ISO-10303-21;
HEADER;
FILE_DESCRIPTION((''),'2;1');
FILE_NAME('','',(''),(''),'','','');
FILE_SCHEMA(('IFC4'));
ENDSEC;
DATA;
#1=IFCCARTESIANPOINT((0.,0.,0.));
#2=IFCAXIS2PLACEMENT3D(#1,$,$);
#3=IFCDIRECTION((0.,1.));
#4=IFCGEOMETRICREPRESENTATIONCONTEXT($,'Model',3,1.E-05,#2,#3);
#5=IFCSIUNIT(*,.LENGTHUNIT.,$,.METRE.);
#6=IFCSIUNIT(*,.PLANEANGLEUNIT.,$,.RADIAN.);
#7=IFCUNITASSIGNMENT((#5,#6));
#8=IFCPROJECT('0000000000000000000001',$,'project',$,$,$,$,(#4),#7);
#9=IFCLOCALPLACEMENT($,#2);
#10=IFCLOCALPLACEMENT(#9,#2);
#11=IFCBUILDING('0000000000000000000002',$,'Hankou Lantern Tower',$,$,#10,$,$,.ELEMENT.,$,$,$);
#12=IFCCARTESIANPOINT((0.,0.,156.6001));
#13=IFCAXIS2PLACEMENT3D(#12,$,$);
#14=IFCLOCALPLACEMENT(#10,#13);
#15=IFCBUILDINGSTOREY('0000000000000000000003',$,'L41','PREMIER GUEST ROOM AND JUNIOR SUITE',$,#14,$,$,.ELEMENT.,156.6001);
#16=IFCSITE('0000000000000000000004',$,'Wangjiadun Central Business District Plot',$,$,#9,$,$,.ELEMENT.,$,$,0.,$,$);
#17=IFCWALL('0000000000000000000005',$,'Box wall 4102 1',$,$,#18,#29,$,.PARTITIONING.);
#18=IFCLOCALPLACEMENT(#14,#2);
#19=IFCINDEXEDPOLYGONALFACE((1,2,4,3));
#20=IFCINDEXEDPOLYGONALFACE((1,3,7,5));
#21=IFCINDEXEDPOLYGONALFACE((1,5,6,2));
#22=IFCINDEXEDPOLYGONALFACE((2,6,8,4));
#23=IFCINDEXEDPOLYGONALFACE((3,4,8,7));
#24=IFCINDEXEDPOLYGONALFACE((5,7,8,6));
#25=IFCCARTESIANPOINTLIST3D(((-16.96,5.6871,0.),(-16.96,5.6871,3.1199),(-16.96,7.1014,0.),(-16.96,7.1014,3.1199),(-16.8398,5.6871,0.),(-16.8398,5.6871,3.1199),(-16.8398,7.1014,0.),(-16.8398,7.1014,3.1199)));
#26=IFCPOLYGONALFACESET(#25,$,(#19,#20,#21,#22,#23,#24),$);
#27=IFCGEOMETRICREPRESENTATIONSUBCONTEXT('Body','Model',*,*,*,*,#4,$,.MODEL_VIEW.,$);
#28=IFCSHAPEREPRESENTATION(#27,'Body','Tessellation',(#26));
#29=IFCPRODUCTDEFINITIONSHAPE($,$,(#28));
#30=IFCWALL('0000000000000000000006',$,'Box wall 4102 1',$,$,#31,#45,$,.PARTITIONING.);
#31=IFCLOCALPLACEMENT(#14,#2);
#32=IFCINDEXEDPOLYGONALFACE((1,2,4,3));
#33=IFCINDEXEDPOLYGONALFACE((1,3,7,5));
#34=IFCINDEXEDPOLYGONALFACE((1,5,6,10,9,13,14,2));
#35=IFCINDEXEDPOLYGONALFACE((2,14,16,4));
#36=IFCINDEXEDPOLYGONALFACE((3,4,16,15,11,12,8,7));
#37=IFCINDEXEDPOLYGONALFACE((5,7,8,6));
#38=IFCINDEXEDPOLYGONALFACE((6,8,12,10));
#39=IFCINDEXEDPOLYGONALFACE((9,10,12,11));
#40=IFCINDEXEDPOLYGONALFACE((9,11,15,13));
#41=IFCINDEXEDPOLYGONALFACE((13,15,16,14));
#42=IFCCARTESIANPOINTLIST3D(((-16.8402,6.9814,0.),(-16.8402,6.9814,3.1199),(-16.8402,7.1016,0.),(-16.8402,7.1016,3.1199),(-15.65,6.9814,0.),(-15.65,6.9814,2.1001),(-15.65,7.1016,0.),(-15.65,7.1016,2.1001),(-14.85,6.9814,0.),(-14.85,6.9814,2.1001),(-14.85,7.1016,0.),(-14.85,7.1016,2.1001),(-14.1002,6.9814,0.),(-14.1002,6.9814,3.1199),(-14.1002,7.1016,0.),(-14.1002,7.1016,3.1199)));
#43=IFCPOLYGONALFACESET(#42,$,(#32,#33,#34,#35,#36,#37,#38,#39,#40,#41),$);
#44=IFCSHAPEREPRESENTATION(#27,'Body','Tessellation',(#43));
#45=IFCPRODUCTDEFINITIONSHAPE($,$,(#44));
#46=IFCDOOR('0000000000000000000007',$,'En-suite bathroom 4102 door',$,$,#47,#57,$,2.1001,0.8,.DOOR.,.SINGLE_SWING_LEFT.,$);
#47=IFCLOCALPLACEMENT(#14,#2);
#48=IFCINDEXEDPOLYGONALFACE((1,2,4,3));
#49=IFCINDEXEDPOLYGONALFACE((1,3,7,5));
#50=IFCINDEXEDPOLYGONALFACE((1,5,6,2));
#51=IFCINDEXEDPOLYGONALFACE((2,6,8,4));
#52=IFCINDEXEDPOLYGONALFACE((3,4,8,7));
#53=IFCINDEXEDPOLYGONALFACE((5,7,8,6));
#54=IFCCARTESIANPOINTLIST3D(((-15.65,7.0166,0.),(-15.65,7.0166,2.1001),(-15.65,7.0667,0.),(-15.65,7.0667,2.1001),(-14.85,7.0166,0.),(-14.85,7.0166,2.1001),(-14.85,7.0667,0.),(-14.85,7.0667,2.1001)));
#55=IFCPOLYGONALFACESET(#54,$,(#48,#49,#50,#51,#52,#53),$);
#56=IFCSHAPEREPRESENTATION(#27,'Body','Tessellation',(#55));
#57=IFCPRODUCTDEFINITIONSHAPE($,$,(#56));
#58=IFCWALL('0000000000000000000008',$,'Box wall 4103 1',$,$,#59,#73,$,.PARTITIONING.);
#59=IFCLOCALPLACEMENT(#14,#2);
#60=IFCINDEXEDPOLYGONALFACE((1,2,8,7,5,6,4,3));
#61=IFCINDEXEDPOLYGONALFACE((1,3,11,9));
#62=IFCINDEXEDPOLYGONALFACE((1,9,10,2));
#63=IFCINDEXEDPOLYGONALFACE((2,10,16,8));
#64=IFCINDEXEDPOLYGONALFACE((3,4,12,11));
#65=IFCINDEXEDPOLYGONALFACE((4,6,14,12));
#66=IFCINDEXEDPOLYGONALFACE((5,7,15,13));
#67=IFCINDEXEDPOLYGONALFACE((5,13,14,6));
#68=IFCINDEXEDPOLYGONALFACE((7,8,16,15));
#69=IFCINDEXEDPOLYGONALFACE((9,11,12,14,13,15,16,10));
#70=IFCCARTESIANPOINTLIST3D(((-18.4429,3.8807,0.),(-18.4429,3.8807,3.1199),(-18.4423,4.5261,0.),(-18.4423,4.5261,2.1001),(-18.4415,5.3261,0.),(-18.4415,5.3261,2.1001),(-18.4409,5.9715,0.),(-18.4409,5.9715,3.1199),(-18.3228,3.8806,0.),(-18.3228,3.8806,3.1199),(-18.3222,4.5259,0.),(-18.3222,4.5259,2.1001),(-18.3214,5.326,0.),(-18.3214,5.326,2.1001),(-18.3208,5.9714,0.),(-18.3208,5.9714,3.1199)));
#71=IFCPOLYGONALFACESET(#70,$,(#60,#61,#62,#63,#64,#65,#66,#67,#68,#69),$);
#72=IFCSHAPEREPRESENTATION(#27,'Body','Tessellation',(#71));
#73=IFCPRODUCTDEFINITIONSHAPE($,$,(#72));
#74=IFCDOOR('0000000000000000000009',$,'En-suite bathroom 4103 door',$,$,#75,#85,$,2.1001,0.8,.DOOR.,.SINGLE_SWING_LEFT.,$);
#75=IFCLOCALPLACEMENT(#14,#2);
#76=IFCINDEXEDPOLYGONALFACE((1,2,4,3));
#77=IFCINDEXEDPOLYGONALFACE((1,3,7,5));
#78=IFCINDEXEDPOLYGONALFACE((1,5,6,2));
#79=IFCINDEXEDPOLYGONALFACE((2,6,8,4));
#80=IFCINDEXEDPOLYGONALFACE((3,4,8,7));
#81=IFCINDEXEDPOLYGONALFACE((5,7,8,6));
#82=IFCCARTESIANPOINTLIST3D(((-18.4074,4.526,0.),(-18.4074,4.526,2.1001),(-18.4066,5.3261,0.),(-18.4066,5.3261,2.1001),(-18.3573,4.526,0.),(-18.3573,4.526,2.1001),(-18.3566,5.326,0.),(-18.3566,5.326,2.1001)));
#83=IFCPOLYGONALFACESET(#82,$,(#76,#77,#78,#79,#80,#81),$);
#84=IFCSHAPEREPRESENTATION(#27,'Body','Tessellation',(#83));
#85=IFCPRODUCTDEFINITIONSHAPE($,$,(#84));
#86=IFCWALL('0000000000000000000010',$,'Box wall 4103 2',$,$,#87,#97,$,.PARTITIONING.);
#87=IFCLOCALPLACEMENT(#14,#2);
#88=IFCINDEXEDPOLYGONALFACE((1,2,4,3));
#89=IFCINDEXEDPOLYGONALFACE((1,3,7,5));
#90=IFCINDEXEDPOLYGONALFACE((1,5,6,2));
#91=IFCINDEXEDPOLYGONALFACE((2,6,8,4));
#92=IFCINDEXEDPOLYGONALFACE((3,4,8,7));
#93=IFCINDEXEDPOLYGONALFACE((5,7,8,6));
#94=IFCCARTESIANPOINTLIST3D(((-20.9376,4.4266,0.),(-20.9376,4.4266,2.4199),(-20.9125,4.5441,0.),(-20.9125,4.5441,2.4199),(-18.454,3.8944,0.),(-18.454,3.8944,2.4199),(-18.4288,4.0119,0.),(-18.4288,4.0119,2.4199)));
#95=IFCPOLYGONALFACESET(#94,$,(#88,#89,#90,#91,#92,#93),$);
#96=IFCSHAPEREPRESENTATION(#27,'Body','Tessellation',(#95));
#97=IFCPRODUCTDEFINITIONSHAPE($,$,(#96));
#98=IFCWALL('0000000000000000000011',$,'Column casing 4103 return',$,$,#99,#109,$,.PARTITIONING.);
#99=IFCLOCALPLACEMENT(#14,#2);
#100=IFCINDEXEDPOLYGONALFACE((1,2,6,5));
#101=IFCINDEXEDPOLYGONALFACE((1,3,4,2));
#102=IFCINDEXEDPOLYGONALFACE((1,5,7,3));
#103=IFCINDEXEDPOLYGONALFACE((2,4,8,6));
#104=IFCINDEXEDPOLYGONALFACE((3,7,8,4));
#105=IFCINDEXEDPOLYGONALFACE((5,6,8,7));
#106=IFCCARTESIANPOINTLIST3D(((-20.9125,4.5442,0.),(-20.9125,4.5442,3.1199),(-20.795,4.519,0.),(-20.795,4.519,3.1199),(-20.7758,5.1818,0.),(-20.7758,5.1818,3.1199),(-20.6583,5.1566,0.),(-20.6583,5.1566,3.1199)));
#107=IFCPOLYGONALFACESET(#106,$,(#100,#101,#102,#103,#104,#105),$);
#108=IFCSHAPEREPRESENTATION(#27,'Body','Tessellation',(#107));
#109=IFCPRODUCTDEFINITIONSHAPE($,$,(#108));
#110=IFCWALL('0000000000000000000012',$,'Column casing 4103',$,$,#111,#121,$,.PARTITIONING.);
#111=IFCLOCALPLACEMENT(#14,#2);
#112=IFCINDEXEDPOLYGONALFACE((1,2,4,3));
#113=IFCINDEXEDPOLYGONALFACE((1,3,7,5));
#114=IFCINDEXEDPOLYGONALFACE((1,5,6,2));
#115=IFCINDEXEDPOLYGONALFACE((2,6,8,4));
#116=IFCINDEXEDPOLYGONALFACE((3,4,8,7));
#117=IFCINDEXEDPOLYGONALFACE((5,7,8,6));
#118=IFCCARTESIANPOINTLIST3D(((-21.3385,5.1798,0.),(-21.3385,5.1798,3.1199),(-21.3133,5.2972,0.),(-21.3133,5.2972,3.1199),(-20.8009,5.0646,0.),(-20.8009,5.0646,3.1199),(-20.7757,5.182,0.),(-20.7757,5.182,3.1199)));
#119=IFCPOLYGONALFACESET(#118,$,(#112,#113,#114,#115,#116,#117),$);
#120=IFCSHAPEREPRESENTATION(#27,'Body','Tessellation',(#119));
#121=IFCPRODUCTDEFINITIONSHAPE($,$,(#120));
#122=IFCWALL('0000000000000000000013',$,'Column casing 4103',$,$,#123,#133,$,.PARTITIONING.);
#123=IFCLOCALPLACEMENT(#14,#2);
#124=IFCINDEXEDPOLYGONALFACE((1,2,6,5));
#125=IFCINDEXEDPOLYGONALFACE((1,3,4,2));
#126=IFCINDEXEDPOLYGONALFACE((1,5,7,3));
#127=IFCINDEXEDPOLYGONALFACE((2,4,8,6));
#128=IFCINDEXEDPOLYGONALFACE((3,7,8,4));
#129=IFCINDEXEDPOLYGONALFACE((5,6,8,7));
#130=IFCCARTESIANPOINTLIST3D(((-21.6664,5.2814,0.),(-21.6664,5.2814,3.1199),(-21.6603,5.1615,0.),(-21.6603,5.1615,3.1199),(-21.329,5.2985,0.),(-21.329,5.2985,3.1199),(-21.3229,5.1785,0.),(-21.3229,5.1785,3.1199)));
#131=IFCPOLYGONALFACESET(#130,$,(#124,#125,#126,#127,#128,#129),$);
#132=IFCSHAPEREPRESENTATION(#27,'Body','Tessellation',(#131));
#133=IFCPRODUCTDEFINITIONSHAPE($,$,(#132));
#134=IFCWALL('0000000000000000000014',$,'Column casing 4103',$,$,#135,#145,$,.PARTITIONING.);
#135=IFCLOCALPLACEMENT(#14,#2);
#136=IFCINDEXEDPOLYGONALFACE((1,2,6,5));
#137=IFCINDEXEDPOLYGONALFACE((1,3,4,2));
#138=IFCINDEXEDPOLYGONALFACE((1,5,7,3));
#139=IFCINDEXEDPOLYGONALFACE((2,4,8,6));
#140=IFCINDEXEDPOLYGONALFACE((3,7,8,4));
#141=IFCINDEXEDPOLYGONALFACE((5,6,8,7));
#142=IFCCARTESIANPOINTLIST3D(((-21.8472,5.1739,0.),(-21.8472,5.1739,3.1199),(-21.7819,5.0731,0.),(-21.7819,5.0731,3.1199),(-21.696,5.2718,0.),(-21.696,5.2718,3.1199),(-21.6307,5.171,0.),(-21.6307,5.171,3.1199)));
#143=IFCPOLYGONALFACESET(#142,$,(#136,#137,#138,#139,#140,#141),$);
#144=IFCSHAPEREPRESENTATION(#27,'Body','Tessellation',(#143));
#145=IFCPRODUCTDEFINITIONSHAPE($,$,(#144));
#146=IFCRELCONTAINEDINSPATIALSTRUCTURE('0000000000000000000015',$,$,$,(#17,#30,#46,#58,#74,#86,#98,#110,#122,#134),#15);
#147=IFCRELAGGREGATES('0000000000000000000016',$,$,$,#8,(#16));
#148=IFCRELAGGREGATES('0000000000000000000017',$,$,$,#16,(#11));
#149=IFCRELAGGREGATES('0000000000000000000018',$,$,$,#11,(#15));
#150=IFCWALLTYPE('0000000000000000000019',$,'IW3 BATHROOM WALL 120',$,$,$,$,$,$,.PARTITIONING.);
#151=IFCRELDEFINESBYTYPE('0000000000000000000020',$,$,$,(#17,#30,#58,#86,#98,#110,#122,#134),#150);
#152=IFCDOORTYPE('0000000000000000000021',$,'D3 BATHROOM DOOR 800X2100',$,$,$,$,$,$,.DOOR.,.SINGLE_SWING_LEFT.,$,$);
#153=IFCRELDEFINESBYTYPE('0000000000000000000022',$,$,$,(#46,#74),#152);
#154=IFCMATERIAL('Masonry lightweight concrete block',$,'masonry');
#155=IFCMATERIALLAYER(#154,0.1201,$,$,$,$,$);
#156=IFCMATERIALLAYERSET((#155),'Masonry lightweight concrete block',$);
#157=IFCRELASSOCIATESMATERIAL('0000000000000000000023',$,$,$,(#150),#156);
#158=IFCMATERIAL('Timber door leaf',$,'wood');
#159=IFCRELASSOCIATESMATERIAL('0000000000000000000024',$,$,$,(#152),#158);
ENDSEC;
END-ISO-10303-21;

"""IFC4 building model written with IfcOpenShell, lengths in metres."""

from ifc_helpers import new_model, si_unit, direction, frame, frame_2d, origin, place, context, subcontext, project, spatial, rectangle, extrude, material, layer, layer_set, type_object, element, fill, save


model = new_model("IFC4")

# Units and contexts
model_context = context("Model", 3, precision=1e-05, world=origin(), true_north=direction((0.0, 1.0)))
body_context = subcontext(model_context, "Body", "Model", "MODEL_VIEW")
ifc_project = project(units=[si_unit("LENGTHUNIT", "METRE"), si_unit("PLANEANGLEUNIT", "RADIAN")], contexts=[model_context])

# Site, building, storey
site_placement = place(None, origin())
site = spatial("IfcSite", under=ifc_project, at=site_placement, Name="Wangjiadun Central Business District Plot", CompositionType="ELEMENT", RefElevation=0.0)
building_placement = place(site_placement, origin())
building = spatial("IfcBuilding", under=site, at=building_placement, Name="Hankou Lantern Tower", CompositionType="ELEMENT")
storey_placement = place(building_placement, frame((0.0, 0.0, 156.6001)))
storey = spatial("IfcBuildingStorey", under=building, at=storey_placement, Name="L41", Description="PREMIER GUEST ROOM AND JUNIOR SUITE", CompositionType="ELEMENT", Elevation=156.6001)

# Wall
ifc_material_1 = material(Name="Masonry lightweight concrete block", Category="masonry")
ifc_layer_1 = layer(ifc_material_1, 0.1201)
ifc_layer_set_1 = layer_set([ifc_layer_1], Name="Masonry lightweight concrete block")
wall_type_1 = type_object("IfcWallType", Name="IW3 BATHROOM WALL 120", PredefinedType="PARTITIONING", material=ifc_layer_set_1)
wall_1_placement = place(storey_placement, frame((-16.8999, 5.6873, 0.0), z_axis=(0.0, 0.0, 1.0), x_axis=(0.0, 1.0, 0.0)))
element("IfcWall", 1, at=wall_1_placement, inside=storey, type_object=wall_type_1, Name="Box wall 4102 1", PredefinedType="PARTITIONING", context=body_context, shape_type="SweptSolid", body=[
    extrude(rectangle(XDim=1.4143, YDim=0.1201, at=frame_2d((0.707, 0.0))), origin(), (0.0, 0.0, 1.0), 3.1199),
])

# Walls, openings, doors
wall_2_placement = place(storey_placement, frame((-14.1001, 7.0415, 0.0), z_axis=(0.0, 0.0, 1.0), x_axis=(-1.0, 0.0, 0.0)))
wall_2 = element("IfcWall", 2, at=wall_2_placement, inside=storey, type_object=wall_type_1, Name="Box wall 4102 1", PredefinedType="PARTITIONING", context=body_context, shape_type="SweptSolid", body=[
    extrude(rectangle(XDim=2.74, YDim=0.1201, at=frame_2d((1.3701, 0.0))), origin(), (0.0, 0.0, 1.0), 3.1199),
])
opening_1_placement = place(wall_2_placement, frame((0.75, 0.0, 0.0)))
opening_1 = element("IfcOpeningElement", 3, at=opening_1_placement, cuts=wall_2, PredefinedType="OPENING", context=body_context, shape_type="SweptSolid", body=[
    extrude(rectangle(XDim=0.8, YDim=2.1001, at=frame_2d((0.3999, 1.05))), frame((0.0, 0.0701, 0.0), z_axis=(0.0, -1.0, 0.0), x_axis=(1.0, 0.0, 0.0)), (0.0, 0.0, 1.0), 0.1401),
])
ifc_material_2 = material(Name="Timber door leaf", Category="wood")
door_type_1 = type_object("IfcDoorType", Name="D3 BATHROOM DOOR 800X2100", OperationType="SINGLE_SWING_LEFT", PredefinedType="DOOR", material=ifc_material_2)
door_1_placement = place(opening_1_placement, origin())
door_1 = element("IfcDoor", 4, at=door_1_placement, inside=storey, type_object=door_type_1, Name="En-suite bathroom 4102 door", OperationType="SINGLE_SWING_LEFT", OverallHeight=2.1001, OverallWidth=0.8, PredefinedType="DOOR", context=body_context, shape_type="SweptSolid", body=[
    extrude(rectangle(XDim=0.8, YDim=2.1001, at=frame_2d((0.3999, 1.05))), frame((0.0, 0.0249, 0.0), z_axis=(0.0, -1.0, 0.0), x_axis=(1.0, 0.0, 0.0)), (0.0, 0.0, 1.0), 0.05),
])
fill(opening_1, door_1)
wall_3_placement = place(storey_placement, frame((-18.3809, 5.9714, 0.0), z_axis=(0.0, 0.0, 1.0), x_axis=(-0.000934, -1.0, 0.0)))
wall_3 = element("IfcWall", 5, at=wall_3_placement, inside=storey, type_object=wall_type_1, Name="Box wall 4103 1", PredefinedType="PARTITIONING", context=body_context, shape_type="SweptSolid", body=[
    extrude(rectangle(XDim=2.0908, YDim=0.1201, at=frame_2d((1.0454, 0.0))), origin(), (0.0, 0.0, 1.0), 3.1199),
])
opening_2_placement = place(wall_3_placement, frame((0.6455, 0.0, 0.0)))
opening_2 = element("IfcOpeningElement", 6, at=opening_2_placement, cuts=wall_3, PredefinedType="OPENING", context=body_context, shape_type="SweptSolid", body=[
    extrude(rectangle(XDim=0.8, YDim=2.1001, at=frame_2d((0.3999, 1.05))), frame((0.0, 0.0701, 0.0), z_axis=(0.0, -1.0, 0.0), x_axis=(1.0, 0.0, 0.0)), (0.0, 0.0, 1.0), 0.1401),
])
door_2_placement = place(opening_2_placement, origin())
door_2 = element("IfcDoor", 7, at=door_2_placement, inside=storey, type_object=door_type_1, Name="En-suite bathroom 4103 door", OperationType="SINGLE_SWING_LEFT", OverallHeight=2.1001, OverallWidth=0.8, PredefinedType="DOOR", context=body_context, shape_type="SweptSolid", body=[
    extrude(rectangle(XDim=0.8, YDim=2.1001, at=frame_2d((0.3999, 1.05))), frame((0.0, 0.0249, 0.0), z_axis=(0.0, -1.0, 0.0), x_axis=(1.0, 0.0, 0.0)), (0.0, 0.0, 1.0), 0.05),
])
fill(opening_2, door_2)

# Walls
wall_4_placement = place(storey_placement, frame((-18.4414, 3.9531, 0.0), z_axis=(0.0, 0.0, 1.0), x_axis=(-0.977801, 0.209536, 0.0)))
element("IfcWall", 8, at=wall_4_placement, inside=storey, type_object=wall_type_1, Name="Box wall 4103 2", PredefinedType="PARTITIONING", context=body_context, shape_type="SweptSolid", body=[
    extrude(rectangle(XDim=2.54, YDim=0.1201, at=frame_2d((1.27, 0.0))), origin(), (0.0, 0.0, 1.0), 2.4199),
])
wall_5_placement = place(storey_placement, frame((-20.8538, 4.5315, 0.0), z_axis=(0.0, 0.0, 1.0), x_axis=(0.209631, 0.97778, 0.0)))
element("IfcWall", 9, at=wall_5_placement, inside=storey, type_object=wall_type_1, Name="Column casing 4103 return", PredefinedType="PARTITIONING", context=body_context, shape_type="SweptSolid", body=[
    extrude(rectangle(XDim=0.6521, YDim=0.1201, at=frame_2d((0.3262, 0.0))), origin(), (0.0, 0.0, 1.0), 3.1199),
])
wall_6_placement = place(storey_placement, frame((-20.7883, 5.1233, 0.0), z_axis=(0.0, 0.0, 1.0), x_axis=(-0.977789, 0.20959, 0.0)))
element("IfcWall", 10, at=wall_6_placement, inside=storey, type_object=wall_type_1, Name="Column casing 4103", PredefinedType="PARTITIONING", context=body_context, shape_type="SweptSolid", body=[
    extrude(rectangle(XDim=0.5498, YDim=0.1201, at=frame_2d((0.2749, 0.0))), origin(), (0.0, 0.0, 1.0), 3.1199),
])
wall_7_placement = place(storey_placement, frame((-21.3259, 5.2385, 0.0), z_axis=(0.0, 0.0, 1.0), x_axis=(-0.99872, -0.050586, 0.0)))
element("IfcWall", 11, at=wall_7_placement, inside=storey, type_object=wall_type_1, Name="Column casing 4103", PredefinedType="PARTITIONING", context=body_context, shape_type="SweptSolid", body=[
    extrude(rectangle(XDim=0.3379, YDim=0.1201, at=frame_2d((0.1689, 0.0))), origin(), (0.0, 0.0, 1.0), 3.1199),
])
wall_8_placement = place(storey_placement, frame((-21.6633, 5.2214, 0.0), z_axis=(0.0, 0.0, 1.0), x_axis=(-0.839279, -0.543701, 0.0)))
element("IfcWall", 12, at=wall_8_placement, inside=storey, type_object=wall_type_1, Name="Column casing 4103", PredefinedType="PARTITIONING", context=body_context, shape_type="SweptSolid", body=[
    extrude(rectangle(XDim=0.1802, YDim=0.1201, at=frame_2d((0.0901, 0.0))), origin(), (0.0, 0.0, 1.0), 3.1199),
])

save(model, "model.ifc")
